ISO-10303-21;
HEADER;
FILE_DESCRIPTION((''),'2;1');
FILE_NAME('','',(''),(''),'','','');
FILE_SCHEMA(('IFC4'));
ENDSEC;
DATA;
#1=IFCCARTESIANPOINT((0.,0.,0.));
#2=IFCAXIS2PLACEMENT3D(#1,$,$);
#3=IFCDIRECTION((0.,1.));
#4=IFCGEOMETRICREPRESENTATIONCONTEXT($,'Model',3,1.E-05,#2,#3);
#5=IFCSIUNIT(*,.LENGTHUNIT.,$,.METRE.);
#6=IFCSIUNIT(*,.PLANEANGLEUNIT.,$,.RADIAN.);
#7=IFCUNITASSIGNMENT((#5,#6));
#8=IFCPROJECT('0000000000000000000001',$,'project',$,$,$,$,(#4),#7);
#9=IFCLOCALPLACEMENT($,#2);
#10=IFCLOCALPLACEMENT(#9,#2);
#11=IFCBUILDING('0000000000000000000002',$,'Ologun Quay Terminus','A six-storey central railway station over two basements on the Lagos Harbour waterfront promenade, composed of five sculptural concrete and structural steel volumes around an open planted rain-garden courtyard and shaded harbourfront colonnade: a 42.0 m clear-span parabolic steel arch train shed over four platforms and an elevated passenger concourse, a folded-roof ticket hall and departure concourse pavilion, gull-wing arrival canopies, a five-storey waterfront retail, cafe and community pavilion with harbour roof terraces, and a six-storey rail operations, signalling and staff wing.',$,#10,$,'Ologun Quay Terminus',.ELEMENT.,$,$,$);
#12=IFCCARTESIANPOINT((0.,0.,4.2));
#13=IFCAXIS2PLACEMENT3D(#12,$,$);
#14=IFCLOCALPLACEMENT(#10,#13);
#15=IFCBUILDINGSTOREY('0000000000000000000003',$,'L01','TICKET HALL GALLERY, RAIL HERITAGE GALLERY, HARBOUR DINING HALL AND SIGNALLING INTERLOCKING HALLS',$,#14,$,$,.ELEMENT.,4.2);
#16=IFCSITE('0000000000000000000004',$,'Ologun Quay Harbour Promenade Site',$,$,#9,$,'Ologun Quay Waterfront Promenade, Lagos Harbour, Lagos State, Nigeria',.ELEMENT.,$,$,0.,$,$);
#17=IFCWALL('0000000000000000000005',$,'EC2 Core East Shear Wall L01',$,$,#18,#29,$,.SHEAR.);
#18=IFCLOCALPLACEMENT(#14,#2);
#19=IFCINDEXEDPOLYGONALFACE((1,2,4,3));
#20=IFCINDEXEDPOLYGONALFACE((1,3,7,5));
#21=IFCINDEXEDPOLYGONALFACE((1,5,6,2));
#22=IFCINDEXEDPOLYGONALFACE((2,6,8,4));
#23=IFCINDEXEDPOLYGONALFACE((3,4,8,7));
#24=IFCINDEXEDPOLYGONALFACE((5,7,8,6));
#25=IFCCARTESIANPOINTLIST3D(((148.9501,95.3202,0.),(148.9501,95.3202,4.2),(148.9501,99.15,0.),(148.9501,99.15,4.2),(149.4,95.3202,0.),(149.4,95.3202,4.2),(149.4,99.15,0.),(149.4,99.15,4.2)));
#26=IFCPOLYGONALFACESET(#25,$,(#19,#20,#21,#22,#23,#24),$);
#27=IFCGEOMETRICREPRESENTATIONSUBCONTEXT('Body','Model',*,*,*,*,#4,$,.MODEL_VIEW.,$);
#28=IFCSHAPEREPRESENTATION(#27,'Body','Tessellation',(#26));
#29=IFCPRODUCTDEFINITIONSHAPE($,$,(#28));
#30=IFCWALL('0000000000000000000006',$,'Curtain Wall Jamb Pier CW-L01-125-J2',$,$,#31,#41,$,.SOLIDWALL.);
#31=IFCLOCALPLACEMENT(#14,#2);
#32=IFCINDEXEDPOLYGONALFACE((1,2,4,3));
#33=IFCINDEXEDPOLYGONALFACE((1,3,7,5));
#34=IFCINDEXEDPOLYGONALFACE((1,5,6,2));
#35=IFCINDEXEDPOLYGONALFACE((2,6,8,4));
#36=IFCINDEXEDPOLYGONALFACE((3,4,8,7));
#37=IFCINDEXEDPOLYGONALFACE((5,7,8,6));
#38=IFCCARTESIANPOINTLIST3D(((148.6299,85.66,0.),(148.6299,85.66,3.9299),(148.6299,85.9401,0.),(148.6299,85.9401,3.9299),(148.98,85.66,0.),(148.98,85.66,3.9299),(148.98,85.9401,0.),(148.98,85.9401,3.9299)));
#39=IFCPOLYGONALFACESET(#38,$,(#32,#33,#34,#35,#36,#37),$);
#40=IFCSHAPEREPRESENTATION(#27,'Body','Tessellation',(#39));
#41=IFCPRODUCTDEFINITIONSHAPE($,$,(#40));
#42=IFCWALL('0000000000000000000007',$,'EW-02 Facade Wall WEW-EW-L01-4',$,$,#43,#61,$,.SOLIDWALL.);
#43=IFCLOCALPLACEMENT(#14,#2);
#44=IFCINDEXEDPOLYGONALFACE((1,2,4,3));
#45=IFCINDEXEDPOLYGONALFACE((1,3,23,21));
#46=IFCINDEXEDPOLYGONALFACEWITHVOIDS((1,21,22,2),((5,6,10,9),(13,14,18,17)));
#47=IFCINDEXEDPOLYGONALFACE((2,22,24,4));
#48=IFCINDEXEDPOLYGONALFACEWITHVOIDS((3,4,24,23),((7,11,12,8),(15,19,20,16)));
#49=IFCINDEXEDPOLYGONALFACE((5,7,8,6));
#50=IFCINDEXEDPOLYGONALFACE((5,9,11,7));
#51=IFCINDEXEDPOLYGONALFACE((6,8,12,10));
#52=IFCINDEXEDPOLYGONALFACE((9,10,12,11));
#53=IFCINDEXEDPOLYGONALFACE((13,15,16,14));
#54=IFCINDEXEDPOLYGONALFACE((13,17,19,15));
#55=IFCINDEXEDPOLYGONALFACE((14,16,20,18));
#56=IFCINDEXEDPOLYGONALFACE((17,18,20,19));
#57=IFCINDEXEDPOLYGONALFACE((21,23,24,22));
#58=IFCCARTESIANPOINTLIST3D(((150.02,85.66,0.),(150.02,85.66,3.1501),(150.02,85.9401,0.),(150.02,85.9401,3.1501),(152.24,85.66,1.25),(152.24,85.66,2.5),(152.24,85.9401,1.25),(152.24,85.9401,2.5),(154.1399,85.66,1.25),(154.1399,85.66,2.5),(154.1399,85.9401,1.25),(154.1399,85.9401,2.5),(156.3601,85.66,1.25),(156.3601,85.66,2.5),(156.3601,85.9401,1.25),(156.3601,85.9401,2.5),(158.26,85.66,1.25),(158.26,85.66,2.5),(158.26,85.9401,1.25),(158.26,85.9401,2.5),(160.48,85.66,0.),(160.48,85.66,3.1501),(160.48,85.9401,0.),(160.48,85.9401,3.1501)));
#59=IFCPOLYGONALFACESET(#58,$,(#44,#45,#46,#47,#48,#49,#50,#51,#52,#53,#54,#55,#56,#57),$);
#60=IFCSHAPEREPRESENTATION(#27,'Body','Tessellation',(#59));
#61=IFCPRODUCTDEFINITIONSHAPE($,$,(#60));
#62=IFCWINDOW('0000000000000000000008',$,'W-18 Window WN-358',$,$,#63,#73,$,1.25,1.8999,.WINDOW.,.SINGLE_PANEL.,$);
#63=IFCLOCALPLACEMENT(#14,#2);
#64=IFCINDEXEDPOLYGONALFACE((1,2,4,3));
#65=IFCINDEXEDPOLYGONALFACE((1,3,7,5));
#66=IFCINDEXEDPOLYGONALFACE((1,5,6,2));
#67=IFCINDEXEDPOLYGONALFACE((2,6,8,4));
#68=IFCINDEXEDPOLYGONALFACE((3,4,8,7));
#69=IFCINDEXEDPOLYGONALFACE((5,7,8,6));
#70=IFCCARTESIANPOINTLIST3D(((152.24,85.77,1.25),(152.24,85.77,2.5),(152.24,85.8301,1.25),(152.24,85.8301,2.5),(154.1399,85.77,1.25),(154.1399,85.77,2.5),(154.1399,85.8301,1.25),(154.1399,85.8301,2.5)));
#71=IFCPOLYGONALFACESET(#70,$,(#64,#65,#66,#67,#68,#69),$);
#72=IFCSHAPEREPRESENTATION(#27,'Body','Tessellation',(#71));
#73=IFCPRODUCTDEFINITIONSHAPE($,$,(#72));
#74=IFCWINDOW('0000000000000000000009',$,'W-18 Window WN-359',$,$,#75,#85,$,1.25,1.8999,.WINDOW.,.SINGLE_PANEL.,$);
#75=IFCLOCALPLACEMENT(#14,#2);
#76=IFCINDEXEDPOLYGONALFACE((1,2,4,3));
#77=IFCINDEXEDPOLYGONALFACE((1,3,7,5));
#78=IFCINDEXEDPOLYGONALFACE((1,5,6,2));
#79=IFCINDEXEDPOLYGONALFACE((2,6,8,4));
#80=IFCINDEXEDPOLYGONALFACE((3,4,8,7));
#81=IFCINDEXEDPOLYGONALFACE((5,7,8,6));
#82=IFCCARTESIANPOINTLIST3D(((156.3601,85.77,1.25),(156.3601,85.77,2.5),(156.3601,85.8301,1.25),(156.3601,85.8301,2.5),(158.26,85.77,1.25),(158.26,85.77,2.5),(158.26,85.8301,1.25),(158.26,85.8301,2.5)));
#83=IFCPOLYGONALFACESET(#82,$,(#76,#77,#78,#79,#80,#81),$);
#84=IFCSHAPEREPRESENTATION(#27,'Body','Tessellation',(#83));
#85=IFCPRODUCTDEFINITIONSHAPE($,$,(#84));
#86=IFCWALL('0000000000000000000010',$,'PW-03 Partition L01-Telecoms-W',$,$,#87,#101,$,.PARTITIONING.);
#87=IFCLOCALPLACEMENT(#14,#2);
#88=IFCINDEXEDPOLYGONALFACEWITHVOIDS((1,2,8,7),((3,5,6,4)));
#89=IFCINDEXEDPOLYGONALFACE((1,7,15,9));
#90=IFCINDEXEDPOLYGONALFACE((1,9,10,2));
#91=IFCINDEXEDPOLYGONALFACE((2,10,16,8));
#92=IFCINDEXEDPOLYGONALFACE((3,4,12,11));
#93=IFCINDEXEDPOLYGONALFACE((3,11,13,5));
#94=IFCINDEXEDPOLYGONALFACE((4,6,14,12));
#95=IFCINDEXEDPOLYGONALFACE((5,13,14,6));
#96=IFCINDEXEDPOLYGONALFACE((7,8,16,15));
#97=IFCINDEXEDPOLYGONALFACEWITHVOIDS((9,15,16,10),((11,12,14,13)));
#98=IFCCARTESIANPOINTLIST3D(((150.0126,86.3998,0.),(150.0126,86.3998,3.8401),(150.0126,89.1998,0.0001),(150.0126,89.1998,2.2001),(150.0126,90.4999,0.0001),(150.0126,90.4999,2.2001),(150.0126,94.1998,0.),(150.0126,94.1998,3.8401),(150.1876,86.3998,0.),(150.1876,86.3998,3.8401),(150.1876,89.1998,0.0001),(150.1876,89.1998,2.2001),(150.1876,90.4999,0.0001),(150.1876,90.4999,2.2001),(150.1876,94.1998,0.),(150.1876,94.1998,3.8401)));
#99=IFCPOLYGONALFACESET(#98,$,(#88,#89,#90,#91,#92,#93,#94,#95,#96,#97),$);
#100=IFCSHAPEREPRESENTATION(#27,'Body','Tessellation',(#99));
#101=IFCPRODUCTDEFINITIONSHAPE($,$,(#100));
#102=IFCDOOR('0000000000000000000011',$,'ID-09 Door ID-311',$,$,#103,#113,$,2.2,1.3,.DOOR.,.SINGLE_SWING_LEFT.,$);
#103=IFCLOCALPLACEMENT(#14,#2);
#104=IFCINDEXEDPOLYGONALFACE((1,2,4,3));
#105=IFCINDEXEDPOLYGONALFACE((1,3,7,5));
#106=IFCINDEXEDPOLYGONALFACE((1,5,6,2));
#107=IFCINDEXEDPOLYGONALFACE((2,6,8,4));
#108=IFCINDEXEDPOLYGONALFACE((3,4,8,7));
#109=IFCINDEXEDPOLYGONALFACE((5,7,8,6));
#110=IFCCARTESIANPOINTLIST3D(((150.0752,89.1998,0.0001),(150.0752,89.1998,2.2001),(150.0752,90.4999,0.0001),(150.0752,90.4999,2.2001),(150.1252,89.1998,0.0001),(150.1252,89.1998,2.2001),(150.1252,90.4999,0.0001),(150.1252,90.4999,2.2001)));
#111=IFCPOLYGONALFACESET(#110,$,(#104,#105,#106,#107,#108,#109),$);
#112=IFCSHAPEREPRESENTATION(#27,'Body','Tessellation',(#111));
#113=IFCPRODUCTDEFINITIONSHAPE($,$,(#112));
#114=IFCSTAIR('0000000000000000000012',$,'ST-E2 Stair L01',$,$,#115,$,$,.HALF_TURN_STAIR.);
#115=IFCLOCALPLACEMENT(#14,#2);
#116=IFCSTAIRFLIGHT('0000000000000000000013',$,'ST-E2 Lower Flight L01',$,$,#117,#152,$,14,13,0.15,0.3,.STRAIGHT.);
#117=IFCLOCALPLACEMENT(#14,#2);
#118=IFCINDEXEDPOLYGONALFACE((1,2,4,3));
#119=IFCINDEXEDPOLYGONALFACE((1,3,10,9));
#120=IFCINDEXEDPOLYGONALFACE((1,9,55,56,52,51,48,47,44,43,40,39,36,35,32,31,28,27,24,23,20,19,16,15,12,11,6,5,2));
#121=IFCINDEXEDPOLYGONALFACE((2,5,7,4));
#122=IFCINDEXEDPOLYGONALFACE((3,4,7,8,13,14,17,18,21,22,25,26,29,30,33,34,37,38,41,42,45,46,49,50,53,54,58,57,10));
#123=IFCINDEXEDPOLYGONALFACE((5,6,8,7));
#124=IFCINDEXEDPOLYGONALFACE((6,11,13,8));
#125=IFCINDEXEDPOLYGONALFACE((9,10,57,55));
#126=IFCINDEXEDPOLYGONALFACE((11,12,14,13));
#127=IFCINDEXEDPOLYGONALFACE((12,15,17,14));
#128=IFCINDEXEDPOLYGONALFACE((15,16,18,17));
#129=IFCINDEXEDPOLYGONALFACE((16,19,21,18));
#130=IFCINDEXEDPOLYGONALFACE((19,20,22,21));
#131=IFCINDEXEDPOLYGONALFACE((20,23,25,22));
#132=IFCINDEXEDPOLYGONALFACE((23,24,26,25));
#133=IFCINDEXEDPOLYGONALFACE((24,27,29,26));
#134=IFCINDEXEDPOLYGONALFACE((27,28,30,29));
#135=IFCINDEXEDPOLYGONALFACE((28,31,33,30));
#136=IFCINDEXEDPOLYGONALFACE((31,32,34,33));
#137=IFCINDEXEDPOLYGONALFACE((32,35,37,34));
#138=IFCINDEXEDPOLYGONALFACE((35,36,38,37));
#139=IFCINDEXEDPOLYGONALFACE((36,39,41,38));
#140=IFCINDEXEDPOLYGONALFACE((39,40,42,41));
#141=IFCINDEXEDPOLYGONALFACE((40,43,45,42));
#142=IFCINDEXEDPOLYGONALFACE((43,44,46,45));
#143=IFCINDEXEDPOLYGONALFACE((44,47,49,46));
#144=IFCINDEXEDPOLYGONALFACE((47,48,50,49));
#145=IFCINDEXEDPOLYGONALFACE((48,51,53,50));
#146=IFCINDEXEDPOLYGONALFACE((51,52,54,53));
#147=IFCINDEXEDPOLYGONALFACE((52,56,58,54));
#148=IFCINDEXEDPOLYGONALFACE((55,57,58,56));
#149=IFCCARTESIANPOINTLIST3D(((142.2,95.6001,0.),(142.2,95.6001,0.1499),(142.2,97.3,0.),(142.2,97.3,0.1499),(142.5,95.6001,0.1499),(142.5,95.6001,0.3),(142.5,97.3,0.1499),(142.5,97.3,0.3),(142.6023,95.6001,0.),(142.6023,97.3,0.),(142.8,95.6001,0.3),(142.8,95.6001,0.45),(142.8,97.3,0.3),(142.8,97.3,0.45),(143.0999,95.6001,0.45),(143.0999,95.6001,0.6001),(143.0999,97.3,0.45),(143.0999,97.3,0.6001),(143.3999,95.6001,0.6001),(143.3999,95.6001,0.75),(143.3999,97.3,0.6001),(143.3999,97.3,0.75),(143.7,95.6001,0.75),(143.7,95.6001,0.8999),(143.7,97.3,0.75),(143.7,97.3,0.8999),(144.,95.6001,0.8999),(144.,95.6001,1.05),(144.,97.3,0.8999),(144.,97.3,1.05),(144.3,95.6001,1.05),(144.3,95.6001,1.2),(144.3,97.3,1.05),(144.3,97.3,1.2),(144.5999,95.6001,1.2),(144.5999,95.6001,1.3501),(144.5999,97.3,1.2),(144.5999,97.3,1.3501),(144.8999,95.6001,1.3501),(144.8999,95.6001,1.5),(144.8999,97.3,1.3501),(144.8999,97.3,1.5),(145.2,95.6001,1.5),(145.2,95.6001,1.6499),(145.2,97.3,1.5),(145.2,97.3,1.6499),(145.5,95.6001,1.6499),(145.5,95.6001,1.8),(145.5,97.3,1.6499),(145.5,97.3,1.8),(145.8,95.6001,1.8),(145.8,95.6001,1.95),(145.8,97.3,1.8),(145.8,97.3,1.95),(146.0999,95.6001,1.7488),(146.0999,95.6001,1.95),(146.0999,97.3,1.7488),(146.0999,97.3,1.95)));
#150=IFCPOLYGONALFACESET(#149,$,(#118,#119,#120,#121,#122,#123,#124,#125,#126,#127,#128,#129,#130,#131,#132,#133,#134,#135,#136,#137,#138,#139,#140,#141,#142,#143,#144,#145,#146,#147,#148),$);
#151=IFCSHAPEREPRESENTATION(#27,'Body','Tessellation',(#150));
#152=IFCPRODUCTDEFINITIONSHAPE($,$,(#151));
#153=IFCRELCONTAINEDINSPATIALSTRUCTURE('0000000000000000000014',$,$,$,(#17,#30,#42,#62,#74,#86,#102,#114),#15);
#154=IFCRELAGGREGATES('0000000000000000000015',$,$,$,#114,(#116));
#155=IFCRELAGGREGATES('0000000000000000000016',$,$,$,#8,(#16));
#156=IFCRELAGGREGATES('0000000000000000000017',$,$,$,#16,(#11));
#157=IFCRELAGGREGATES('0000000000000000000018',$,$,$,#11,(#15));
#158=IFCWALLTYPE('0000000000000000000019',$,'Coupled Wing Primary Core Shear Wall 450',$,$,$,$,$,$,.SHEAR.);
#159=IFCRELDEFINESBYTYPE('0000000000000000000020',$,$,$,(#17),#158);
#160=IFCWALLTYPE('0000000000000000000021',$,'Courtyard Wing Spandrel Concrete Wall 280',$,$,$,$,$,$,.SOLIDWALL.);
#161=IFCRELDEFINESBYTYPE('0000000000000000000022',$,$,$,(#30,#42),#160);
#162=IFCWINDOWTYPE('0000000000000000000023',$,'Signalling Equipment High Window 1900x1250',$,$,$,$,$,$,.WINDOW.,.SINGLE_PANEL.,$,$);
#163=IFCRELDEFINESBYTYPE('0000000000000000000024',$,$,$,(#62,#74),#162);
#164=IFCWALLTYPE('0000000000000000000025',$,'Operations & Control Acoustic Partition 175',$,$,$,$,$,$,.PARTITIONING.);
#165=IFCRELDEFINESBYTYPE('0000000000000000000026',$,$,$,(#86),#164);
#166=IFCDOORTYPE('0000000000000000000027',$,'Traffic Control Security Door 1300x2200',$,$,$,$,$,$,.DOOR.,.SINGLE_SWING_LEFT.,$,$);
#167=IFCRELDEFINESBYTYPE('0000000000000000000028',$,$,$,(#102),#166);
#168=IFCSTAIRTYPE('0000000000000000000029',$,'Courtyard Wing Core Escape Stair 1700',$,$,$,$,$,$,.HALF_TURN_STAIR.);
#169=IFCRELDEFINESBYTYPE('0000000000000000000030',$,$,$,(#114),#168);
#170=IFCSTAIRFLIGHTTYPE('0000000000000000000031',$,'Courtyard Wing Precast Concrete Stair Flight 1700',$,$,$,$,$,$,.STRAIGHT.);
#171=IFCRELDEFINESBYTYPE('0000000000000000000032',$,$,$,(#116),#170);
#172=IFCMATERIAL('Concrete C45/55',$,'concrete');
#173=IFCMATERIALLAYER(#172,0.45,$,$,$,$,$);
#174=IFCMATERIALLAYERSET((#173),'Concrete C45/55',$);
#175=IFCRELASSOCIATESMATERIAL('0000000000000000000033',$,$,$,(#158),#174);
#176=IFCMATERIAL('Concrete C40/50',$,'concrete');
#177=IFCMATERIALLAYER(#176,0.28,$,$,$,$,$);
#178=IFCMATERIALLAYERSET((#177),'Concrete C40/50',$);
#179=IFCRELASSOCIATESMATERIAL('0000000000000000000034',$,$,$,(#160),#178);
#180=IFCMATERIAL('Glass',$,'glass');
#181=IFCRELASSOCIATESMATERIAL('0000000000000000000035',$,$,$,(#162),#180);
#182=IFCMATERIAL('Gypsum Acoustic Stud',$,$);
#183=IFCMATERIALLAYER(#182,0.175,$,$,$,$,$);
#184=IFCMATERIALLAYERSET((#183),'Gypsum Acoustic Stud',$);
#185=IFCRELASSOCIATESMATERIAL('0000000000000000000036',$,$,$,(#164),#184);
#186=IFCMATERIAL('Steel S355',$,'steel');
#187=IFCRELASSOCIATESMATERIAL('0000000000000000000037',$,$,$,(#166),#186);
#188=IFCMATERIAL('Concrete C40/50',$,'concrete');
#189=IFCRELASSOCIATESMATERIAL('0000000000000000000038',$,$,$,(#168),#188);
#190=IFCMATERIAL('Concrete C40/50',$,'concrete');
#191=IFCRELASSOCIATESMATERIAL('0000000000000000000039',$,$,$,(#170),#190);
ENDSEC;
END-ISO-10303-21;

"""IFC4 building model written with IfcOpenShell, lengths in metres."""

from ifc_helpers import new_model, si_unit, direction, frame, frame_2d, origin, place, context, subcontext, project, spatial, polyline, rectangle, outline, extrude, material, layer, layer_set, type_object, element, fill, aggregate, save


model = new_model("IFC4")

# Units and contexts
model_context = context("Model", 3, precision=1e-05, world=origin(), true_north=direction((0.0, 1.0)))
body_context = subcontext(model_context, "Body", "Model", "MODEL_VIEW")
ifc_project = project(units=[si_unit("LENGTHUNIT", "METRE"), si_unit("PLANEANGLEUNIT", "RADIAN")], contexts=[model_context])

# Site, building, storey
site_placement = place(None, origin())
site = spatial("IfcSite", under=ifc_project, at=site_placement, Name="Ologun Quay Harbour Promenade Site", LongName="Ologun Quay Waterfront Promenade, Lagos Harbour, Lagos State, Nigeria", CompositionType="ELEMENT", RefElevation=0.0)
building_placement = place(site_placement, origin())
building = spatial("IfcBuilding", under=site, at=building_placement, Name="Ologun Quay Terminus", Description="A six-storey central railway station over two basements on the Lagos Harbour waterfront promenade, composed of five sculptural concrete and structural steel volumes around an open planted rain-garden courtyard and shaded harbourfront colonnade: a 42.0 m clear-span parabolic steel arch train shed over four platforms and an elevated passenger concourse, a folded-roof ticket hall and departure concourse pavilion, gull-wing arrival canopies, a five-storey waterfront retail, cafe and community pavilion with harbour roof terraces, and a six-storey rail operations, signalling and staff wing.", LongName="Ologun Quay Terminus", CompositionType="ELEMENT")
storey_placement = place(building_placement, frame((0.0, 0.0, 4.2)))
storey = spatial("IfcBuildingStorey", under=building, at=storey_placement, Name="L01", Description="TICKET HALL GALLERY, RAIL HERITAGE GALLERY, HARBOUR DINING HALL AND SIGNALLING INTERLOCKING HALLS", CompositionType="ELEMENT", Elevation=4.2)

# Shared definitions
ifc_material_1 = material(Name="Concrete C45/55", Category="concrete")
ifc_layer_1 = layer(ifc_material_1, 0.45)
ifc_layer_set_1 = layer_set([ifc_layer_1], Name="Concrete C45/55")
wall_type_1 = type_object("IfcWallType", Name="Coupled Wing Primary Core Shear Wall 450", PredefinedType="SHEAR", material=ifc_layer_set_1)

# Walls
wall_1_placement = place(storey_placement, frame((149.175, 95.3201, 0.0), z_axis=(0.0, 0.0, 1.0), x_axis=(0.0, 1.0, 0.0)))
element("IfcWall", 1, at=wall_1_placement, inside=storey, type_object=wall_type_1, Name="EC2 Core East Shear Wall L01", PredefinedType="SHEAR", context=body_context, shape_type="SweptSolid", body=[
    extrude(rectangle(XDim=3.8298, YDim=0.45, at=frame_2d((1.915, 0.0))), origin(), (0.0, 0.0, 1.0), 4.2),
])
ifc_material_2 = material(Name="Concrete C40/50", Category="concrete")
ifc_layer_2 = layer(ifc_material_2, 0.28)
ifc_layer_set_2 = layer_set([ifc_layer_2], Name="Concrete C40/50")
wall_type_2 = type_object("IfcWallType", Name="Courtyard Wing Spandrel Concrete Wall 280", PredefinedType="SOLIDWALL", material=ifc_layer_set_2)
wall_2_placement = place(storey_placement, frame((148.6299, 85.8, 0.0), z_axis=(0.0, 0.0, 1.0), x_axis=(1.0, 0.0, 0.0)))
element("IfcWall", 2, at=wall_2_placement, inside=storey, type_object=wall_type_2, Name="Curtain Wall Jamb Pier CW-L01-125-J2", PredefinedType="SOLIDWALL", context=body_context, shape_type="SweptSolid", body=[
    extrude(rectangle(XDim=0.3501, YDim=0.28, at=frame_2d((0.175, 0.0))), origin(), (0.0, 0.0, 1.0), 3.9299),
])

# Wall, openings, windows
wall_3_placement = place(storey_placement, frame((150.02, 85.8, 0.0), z_axis=(0.0, 0.0, 1.0), x_axis=(1.0, 0.0, 0.0)))
wall_3 = element("IfcWall", 3, at=wall_3_placement, inside=storey, type_object=wall_type_2, Name="EW-02 Facade Wall WEW-EW-L01-4", PredefinedType="SOLIDWALL", context=body_context, shape_type="SweptSolid", body=[
    extrude(rectangle(XDim=10.46, YDim=0.28, at=frame_2d((5.23, 0.0))), origin(), (0.0, 0.0, 1.0), 3.1501),
])
opening_1_placement = place(wall_3_placement, frame((2.22, 0.0, 1.25)))
opening_1 = element("IfcOpeningElement", 4, at=opening_1_placement, cuts=wall_3, PredefinedType="OPENING", context=body_context, shape_type="SweptSolid", body=[
    extrude(rectangle(XDim=1.8999, YDim=1.25, at=frame_2d((0.95, 0.625))), frame((0.0, 0.1499, 0.0), z_axis=(0.0, -1.0, 0.0), x_axis=(1.0, 0.0, 0.0)), (0.0, 0.0, 1.0), 0.3),
])
opening_2_placement = place(wall_3_placement, frame((6.3401, 0.0, 1.25)))
opening_2 = element("IfcOpeningElement", 5, at=opening_2_placement, cuts=wall_3, PredefinedType="OPENING", context=body_context, shape_type="SweptSolid", body=[
    extrude(rectangle(XDim=1.8999, YDim=1.25, at=frame_2d((0.95, 0.625))), frame((0.0, 0.1499, 0.0), z_axis=(0.0, -1.0, 0.0), x_axis=(1.0, 0.0, 0.0)), (0.0, 0.0, 1.0), 0.3),
])
ifc_material_3 = material(Name="Glass", Category="glass")
window_type = type_object("IfcWindowType", Name="Signalling Equipment High Window 1900x1250", PartitioningType="SINGLE_PANEL", PredefinedType="WINDOW", material=ifc_material_3)
window_1_placement = place(opening_1_placement, origin())
window_1 = element("IfcWindow", 6, at=window_1_placement, inside=storey, type_object=window_type, Name="W-18 Window WN-358", OverallHeight=1.25, OverallWidth=1.8999, PartitioningType="SINGLE_PANEL", PredefinedType="WINDOW", context=body_context, shape_type="SweptSolid", body=[
    extrude(rectangle(XDim=1.8999, YDim=1.25, at=frame_2d((0.95, 0.625))), frame((0.0, 0.03, 0.0), z_axis=(0.0, -1.0, 0.0), x_axis=(1.0, 0.0, 0.0)), (0.0, 0.0, 1.0), 0.0601),
])
fill(opening_1, window_1)
window_2_placement = place(opening_2_placement, origin())
window_2 = element("IfcWindow", 7, at=window_2_placement, inside=storey, type_object=window_type, Name="W-18 Window WN-359", OverallHeight=1.25, OverallWidth=1.8999, PartitioningType="SINGLE_PANEL", PredefinedType="WINDOW", context=body_context, shape_type="SweptSolid", body=[
    extrude(rectangle(XDim=1.8999, YDim=1.25, at=frame_2d((0.95, 0.625))), frame((0.0, 0.03, 0.0), z_axis=(0.0, -1.0, 0.0), x_axis=(1.0, 0.0, 0.0)), (0.0, 0.0, 1.0), 0.0601),
])
fill(opening_2, window_2)

# Wall, opening, door
ifc_material_4 = material(Name="Gypsum Acoustic Stud")
ifc_layer_3 = layer(ifc_material_4, 0.175)
ifc_layer_set_3 = layer_set([ifc_layer_3], Name="Gypsum Acoustic Stud")
wall_type_3 = type_object("IfcWallType", Name="Operations & Control Acoustic Partition 175", PredefinedType="PARTITIONING", material=ifc_layer_set_3)
wall_4_placement = place(storey_placement, frame((150.1001, 86.3999, 0.0), z_axis=(0.0, 0.0, 1.0), x_axis=(0.0, 1.0, 0.0)))
wall_4 = element("IfcWall", 8, at=wall_4_placement, inside=storey, type_object=wall_type_3, Name="PW-03 Partition L01-Telecoms-W", PredefinedType="PARTITIONING", context=body_context, shape_type="SweptSolid", body=[
    extrude(rectangle(XDim=7.8, YDim=0.175, at=frame_2d((3.8999, 0.0))), origin(), (0.0, 0.0, 1.0), 3.8401),
])
opening_3_placement = place(wall_4_placement, frame((2.8, 0.0, 0.0)))
opening_3 = element("IfcOpeningElement", 9, at=opening_3_placement, cuts=wall_4, PredefinedType="OPENING", context=body_context, shape_type="SweptSolid", body=[
    extrude(rectangle(XDim=1.3, YDim=2.2, at=frame_2d((0.6499, 1.1001))), frame((0.0, 0.0977, 0.0), z_axis=(0.0, -1.0, 0.0), x_axis=(1.0, 0.0, 0.0)), (0.0, 0.0, 1.0), 0.1951),
])
ifc_material_5 = material(Name="Steel S355", Category="steel")
door_type_1 = type_object("IfcDoorType", Name="Traffic Control Security Door 1300x2200", OperationType="SINGLE_SWING_LEFT", PredefinedType="DOOR", material=ifc_material_5)
door_1_placement = place(opening_3_placement, origin())
door_1 = element("IfcDoor", 10, at=door_1_placement, inside=storey, type_object=door_type_1, Name="ID-09 Door ID-311", OperationType="SINGLE_SWING_LEFT", OverallHeight=2.2, OverallWidth=1.3, PredefinedType="DOOR", context=body_context, shape_type="SweptSolid", body=[
    extrude(rectangle(XDim=1.3, YDim=2.2, at=frame_2d((0.6499, 1.1001))), frame((0.0, 0.0249, 0.0), z_axis=(0.0, -1.0, 0.0), x_axis=(1.0, 0.0, 0.0)), (0.0, 0.0, 1.0), 0.05),
])
fill(opening_3, door_1)

# Stair, stair flight
ifc_material_6 = material(Name="Concrete C40/50", Category="concrete")
stair_type = type_object("IfcStairType", Name="Courtyard Wing Core Escape Stair 1700", PredefinedType="HALF_TURN_STAIR", material=ifc_material_6)
stair_placement = place(storey_placement, origin())
stair = element("IfcStair", 11, at=stair_placement, inside=storey, type_object=stair_type, Name="ST-E2 Stair L01", PredefinedType="HALF_TURN_STAIR")
ifc_material_7 = material(Name="Concrete C40/50", Category="concrete")
stair_flight_type = type_object("IfcStairFlightType", Name="Courtyard Wing Precast Concrete Stair Flight 1700", PredefinedType="STRAIGHT", material=ifc_material_7)
stair_flight_1_placement = place(storey_placement, frame((142.2, 96.45, 0.0), z_axis=(0.0, 0.0, 1.0), x_axis=(1.0, 0.0, 0.0)))
stair_flight_1 = element("IfcStairFlight", 12, at=stair_flight_1_placement, type_object=stair_flight_type, Name="ST-E2 Lower Flight L01", NumberOfRisers=14, NumberOfTreads=13, PredefinedType="STRAIGHT", RiserHeight=0.15, TreadLength=0.3, context=body_context, shape_type="SweptSolid", body=[
    extrude(outline(polyline([(0.0, 0.0), (0.0, 0.1499), (0.3, 0.1499), (0.3, 0.3), (0.6001, 0.3), (0.6001, 0.45), (0.8999, 0.45), (0.8999, 0.6001), (1.2, 0.6001), (1.2, 0.75), (1.5, 0.75), (1.5, 0.8999), (1.8, 0.8999), (1.8, 1.05), (2.1001, 1.05), (2.1001, 1.2), (2.3999, 1.2), (2.3999, 1.3501), (2.7, 1.3501), (2.7, 1.5), (3.0, 1.5), (3.0, 1.6499), (3.3, 1.6499), (3.3, 1.8), (3.6001, 1.8), (3.6001, 1.95), (3.8999, 1.95), (3.8999, 2.1001), (3.8999, 1.7488), (0.4023, 0.0), (0.0, 0.0)])), frame((0.0, 0.8501, 0.0), z_axis=(0.0, -1.0, 0.0), x_axis=(1.0, 0.0, 0.0)), (0.0, 0.0, 1.0), 1.7),
])
aggregate(stair, [stair_flight_1])

save(model, "model.ifc")
